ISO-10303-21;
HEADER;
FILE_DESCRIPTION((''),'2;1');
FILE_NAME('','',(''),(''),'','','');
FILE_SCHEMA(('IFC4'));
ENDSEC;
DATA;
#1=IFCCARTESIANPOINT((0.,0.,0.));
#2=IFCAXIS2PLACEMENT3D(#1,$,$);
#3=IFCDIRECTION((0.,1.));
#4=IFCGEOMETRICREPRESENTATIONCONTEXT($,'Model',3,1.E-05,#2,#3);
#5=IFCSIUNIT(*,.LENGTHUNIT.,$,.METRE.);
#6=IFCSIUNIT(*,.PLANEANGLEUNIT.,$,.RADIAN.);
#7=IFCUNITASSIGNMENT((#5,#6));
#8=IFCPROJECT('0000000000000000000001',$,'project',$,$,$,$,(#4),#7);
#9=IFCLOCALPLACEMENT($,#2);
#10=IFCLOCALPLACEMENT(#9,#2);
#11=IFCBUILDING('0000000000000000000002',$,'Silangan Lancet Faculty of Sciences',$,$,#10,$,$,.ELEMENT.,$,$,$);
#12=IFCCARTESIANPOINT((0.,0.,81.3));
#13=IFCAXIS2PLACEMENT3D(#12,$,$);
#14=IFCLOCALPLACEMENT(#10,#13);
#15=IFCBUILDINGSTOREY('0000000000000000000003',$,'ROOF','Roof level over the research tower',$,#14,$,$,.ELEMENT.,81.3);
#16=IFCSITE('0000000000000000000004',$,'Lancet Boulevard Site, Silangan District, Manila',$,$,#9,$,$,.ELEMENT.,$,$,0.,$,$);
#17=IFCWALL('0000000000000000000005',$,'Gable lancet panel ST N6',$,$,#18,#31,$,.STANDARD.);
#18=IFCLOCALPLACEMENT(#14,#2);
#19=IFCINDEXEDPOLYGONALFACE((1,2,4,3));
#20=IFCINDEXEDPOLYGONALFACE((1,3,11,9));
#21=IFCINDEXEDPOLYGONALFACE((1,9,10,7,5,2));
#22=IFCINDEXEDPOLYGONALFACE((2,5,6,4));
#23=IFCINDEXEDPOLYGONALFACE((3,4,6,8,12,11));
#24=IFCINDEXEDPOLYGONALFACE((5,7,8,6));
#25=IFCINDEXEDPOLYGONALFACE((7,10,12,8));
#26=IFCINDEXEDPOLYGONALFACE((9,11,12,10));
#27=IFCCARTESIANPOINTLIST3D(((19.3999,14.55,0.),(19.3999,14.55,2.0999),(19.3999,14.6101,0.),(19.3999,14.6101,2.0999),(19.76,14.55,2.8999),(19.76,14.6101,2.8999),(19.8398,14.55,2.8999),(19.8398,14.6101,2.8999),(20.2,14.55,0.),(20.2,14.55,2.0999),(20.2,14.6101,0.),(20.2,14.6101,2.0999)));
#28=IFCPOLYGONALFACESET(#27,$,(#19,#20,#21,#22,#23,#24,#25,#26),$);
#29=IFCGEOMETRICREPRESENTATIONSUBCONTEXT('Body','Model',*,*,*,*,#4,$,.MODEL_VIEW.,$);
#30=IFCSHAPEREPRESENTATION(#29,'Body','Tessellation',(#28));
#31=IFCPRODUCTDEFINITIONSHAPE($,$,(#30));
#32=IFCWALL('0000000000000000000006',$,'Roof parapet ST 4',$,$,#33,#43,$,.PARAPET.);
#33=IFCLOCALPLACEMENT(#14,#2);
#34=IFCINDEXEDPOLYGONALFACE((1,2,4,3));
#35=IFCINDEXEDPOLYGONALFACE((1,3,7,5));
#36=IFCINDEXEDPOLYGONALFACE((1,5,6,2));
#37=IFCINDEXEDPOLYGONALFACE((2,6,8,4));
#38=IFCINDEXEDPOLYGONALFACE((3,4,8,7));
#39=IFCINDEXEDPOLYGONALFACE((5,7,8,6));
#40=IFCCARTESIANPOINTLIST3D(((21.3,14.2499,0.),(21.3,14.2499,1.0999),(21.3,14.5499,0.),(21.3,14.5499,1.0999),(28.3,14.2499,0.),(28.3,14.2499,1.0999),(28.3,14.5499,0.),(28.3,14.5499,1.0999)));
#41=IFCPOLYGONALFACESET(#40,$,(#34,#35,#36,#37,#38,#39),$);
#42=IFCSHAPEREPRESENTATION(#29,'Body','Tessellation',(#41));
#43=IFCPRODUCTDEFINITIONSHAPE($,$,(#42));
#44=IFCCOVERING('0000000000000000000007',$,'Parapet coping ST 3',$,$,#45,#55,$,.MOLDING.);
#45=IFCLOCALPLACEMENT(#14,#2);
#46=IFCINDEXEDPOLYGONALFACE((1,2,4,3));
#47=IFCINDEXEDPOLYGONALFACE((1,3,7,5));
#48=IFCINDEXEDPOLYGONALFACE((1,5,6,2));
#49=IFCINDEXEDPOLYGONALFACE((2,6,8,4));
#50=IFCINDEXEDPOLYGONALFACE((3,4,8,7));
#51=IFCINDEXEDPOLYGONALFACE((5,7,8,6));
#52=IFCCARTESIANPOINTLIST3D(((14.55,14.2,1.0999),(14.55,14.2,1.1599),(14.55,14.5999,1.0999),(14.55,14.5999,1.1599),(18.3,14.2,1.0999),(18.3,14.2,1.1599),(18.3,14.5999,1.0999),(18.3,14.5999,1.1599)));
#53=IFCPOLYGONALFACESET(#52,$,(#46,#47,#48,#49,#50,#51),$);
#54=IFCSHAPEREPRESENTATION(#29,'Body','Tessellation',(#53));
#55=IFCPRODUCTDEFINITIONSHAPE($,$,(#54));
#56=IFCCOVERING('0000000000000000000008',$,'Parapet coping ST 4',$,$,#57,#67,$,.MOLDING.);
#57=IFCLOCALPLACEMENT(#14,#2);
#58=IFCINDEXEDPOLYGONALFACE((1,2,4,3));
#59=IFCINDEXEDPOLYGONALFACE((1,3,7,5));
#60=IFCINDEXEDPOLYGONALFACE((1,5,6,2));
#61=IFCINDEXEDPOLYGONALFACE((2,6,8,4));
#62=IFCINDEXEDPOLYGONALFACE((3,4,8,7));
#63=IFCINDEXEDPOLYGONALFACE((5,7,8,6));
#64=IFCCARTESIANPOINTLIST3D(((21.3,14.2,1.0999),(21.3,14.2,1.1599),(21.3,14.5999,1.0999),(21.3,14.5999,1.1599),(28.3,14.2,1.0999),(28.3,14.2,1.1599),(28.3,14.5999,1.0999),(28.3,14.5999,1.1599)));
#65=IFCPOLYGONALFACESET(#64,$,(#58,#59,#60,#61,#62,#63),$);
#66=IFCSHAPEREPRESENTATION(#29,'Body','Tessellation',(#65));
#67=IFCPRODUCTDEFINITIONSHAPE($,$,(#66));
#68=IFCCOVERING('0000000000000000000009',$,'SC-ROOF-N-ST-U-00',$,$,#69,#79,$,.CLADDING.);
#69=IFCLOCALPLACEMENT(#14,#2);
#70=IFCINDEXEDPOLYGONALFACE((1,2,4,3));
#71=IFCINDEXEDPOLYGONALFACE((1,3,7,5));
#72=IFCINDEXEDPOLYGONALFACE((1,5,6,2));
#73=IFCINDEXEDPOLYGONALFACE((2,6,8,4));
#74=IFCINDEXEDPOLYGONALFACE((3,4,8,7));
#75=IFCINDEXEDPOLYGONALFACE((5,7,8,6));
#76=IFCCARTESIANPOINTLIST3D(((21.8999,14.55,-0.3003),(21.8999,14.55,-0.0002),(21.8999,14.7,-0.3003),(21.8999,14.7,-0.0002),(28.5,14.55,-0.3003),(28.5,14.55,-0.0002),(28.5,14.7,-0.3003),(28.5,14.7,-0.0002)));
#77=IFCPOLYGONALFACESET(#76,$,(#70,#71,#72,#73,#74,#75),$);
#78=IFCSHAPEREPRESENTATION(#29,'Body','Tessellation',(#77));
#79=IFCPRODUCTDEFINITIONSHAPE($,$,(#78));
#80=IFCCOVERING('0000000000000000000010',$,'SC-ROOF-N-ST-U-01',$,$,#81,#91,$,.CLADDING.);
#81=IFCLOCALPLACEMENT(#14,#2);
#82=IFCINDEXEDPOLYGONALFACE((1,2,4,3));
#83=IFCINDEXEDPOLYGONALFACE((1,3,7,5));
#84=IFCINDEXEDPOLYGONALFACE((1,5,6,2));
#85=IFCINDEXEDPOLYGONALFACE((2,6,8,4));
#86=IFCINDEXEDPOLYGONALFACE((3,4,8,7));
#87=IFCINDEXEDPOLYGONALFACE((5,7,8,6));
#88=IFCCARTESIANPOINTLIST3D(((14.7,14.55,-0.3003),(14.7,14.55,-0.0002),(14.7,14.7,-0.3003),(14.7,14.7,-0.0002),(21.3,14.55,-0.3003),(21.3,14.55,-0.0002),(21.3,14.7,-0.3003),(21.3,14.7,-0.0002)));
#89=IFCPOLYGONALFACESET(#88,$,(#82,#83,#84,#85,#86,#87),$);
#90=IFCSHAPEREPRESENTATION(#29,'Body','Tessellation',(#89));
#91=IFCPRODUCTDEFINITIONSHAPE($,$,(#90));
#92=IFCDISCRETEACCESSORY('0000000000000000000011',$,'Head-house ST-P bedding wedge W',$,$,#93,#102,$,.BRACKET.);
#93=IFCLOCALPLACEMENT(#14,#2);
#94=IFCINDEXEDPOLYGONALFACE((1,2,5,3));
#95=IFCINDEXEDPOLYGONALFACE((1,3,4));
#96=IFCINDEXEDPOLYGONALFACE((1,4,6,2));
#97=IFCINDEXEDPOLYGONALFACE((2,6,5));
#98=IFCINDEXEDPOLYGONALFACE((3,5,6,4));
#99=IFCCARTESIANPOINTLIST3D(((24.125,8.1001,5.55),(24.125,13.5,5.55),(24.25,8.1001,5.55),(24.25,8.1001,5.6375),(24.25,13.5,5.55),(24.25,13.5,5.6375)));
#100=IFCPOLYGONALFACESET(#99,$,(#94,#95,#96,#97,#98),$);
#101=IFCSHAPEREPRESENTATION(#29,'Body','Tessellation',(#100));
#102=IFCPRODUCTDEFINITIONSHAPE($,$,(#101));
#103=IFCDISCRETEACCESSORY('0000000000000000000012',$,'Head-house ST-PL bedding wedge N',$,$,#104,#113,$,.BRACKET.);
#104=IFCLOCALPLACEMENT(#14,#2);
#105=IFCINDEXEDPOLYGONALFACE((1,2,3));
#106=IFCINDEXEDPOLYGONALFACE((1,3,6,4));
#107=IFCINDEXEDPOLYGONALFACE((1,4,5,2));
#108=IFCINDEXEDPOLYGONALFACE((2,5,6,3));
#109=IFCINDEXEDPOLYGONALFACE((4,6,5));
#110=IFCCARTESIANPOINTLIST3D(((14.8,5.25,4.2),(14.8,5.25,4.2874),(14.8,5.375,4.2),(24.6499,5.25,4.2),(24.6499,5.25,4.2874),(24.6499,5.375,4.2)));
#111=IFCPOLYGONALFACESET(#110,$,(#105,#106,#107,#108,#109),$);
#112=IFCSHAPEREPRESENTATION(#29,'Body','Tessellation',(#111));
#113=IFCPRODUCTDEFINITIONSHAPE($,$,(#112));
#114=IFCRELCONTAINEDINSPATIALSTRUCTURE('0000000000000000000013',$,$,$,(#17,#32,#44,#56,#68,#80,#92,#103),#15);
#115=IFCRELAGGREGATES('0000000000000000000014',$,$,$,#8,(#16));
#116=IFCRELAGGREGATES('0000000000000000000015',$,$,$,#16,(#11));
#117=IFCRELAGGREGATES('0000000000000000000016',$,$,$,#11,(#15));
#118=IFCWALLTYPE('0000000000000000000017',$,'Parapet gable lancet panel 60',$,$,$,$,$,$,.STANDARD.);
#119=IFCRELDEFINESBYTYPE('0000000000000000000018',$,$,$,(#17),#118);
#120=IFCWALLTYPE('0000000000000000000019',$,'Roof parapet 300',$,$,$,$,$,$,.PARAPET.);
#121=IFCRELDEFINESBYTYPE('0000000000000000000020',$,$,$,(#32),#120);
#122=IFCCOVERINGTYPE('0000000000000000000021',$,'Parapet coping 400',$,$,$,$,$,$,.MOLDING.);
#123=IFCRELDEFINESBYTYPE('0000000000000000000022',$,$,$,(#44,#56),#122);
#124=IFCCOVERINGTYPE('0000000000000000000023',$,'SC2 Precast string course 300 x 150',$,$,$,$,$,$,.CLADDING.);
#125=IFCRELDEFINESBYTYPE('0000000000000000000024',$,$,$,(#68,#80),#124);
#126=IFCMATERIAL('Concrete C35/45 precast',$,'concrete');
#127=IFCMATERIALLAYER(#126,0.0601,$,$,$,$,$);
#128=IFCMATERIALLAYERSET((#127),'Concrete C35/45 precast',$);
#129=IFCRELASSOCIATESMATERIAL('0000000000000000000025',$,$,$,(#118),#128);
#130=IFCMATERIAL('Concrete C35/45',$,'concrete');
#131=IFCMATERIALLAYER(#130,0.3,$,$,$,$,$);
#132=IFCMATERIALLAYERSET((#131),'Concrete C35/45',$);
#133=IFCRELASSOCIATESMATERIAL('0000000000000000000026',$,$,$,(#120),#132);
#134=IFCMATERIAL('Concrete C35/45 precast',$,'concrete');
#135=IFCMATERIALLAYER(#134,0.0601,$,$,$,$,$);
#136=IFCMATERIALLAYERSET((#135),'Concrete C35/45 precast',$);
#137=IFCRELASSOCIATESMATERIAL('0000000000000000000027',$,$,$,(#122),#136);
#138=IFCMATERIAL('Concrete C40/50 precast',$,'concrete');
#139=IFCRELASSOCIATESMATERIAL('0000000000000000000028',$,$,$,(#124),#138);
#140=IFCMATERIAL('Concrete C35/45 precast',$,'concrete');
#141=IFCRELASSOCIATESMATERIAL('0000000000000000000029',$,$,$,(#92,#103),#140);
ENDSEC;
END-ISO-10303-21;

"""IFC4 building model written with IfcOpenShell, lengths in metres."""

from ifc_helpers import new_model, si_unit, direction, frame, frame_2d, origin, origin_2d, place, context, subcontext, project, spatial, polyline, rectangle, outline, extrude, material, layer, layer_set, type_object, element, save


model = new_model("IFC4")

# Units and contexts
model_context = context("Model", 3, precision=1e-05, world=origin(), true_north=direction((0.0, 1.0)))
body_context = subcontext(model_context, "Body", "Model", "MODEL_VIEW")
ifc_project = project(units=[si_unit("LENGTHUNIT", "METRE"), si_unit("PLANEANGLEUNIT", "RADIAN")], contexts=[model_context])

# Site, building, storey
site_placement = place(None, origin())
site = spatial("IfcSite", under=ifc_project, at=site_placement, Name="Lancet Boulevard Site, Silangan District, Manila", CompositionType="ELEMENT", RefElevation=0.0)
building_placement = place(site_placement, origin())
building = spatial("IfcBuilding", under=site, at=building_placement, Name="Silangan Lancet Faculty of Sciences", CompositionType="ELEMENT")
storey_placement = place(building_placement, frame((0.0, 0.0, 81.3)))
storey = spatial("IfcBuildingStorey", under=building, at=storey_placement, Name="ROOF", Description="Roof level over the research tower", CompositionType="ELEMENT", Elevation=81.3)

# Walls
ifc_material_1 = material(Name="Concrete C35/45 precast", Category="concrete")
ifc_layer_1 = layer(ifc_material_1, 0.0601)
ifc_layer_set_1 = layer_set([ifc_layer_1], Name="Concrete C35/45 precast")
wall_type_1 = type_object("IfcWallType", Name="Parapet gable lancet panel 60", PredefinedType="STANDARD", material=ifc_layer_set_1)
wall_1_placement = place(storey_placement, frame((19.3999, 14.5801, 0.0), z_axis=(0.0, 0.0, 1.0), x_axis=(1.0, 0.0, 0.0)))
element("IfcWall", 1, at=wall_1_placement, inside=storey, type_object=wall_type_1, Name="Gable lancet panel ST N6", PredefinedType="STANDARD", context=body_context, shape_type="SweptSolid", body=[
    extrude(outline(polyline([(0.0, 0.0), (0.8, 0.0), (0.8, 2.0999), (0.4399, 2.8999), (0.3601, 2.8999), (0.0, 2.0999), (0.0, 0.0)])), frame((0.0, 0.03, 0.0), z_axis=(0.0, -1.0, 0.0), x_axis=(1.0, 0.0, 0.0)), (0.0, 0.0, 1.0), 0.0601),
])
ifc_material_2 = material(Name="Concrete C35/45", Category="concrete")
ifc_layer_2 = layer(ifc_material_2, 0.3)
ifc_layer_set_2 = layer_set([ifc_layer_2], Name="Concrete C35/45")
wall_type_2 = type_object("IfcWallType", Name="Roof parapet 300", PredefinedType="PARAPET", material=ifc_layer_set_2)
wall_2_placement = place(storey_placement, frame((21.3, 14.3999, 0.0), z_axis=(0.0, 0.0, 1.0), x_axis=(1.0, 0.0, 0.0)))
element("IfcWall", 2, at=wall_2_placement, inside=storey, type_object=wall_type_2, Name="Roof parapet ST 4", PredefinedType="PARAPET", context=body_context, shape_type="SweptSolid", body=[
    extrude(rectangle(XDim=7.0, YDim=0.3, at=frame_2d((3.5, 0.0))), origin(), (0.0, 0.0, 1.0), 1.0999),
])

# Coverings
ifc_material_3 = material(Name="Concrete C35/45 precast", Category="concrete")
ifc_layer_3 = layer(ifc_material_3, 0.0601)
ifc_layer_set_3 = layer_set([ifc_layer_3], Name="Concrete C35/45 precast")
covering_type_1 = type_object("IfcCoveringType", Name="Parapet coping 400", PredefinedType="MOLDING", material=ifc_layer_set_3)
covering_1_placement = place(storey_placement, frame((16.425, 14.3999, 1.0999), z_axis=(0.0, 0.0, 1.0), x_axis=(1.0, 0.0, 0.0)))
element("IfcCovering", 3, at=covering_1_placement, inside=storey, type_object=covering_type_1, Name="Parapet coping ST 3", PredefinedType="MOLDING", context=body_context, shape_type="SweptSolid", body=[
    extrude(rectangle(XDim=3.75, YDim=0.3999, at=origin_2d()), origin(), (0.0, 0.0, 1.0), 0.0601),
])
covering_2_placement = place(storey_placement, frame((24.8, 14.3999, 1.0999), z_axis=(0.0, 0.0, 1.0), x_axis=(1.0, 0.0, 0.0)))
element("IfcCovering", 4, at=covering_2_placement, inside=storey, type_object=covering_type_1, Name="Parapet coping ST 4", PredefinedType="MOLDING", context=body_context, shape_type="SweptSolid", body=[
    extrude(rectangle(XDim=7.0, YDim=0.3999, at=origin_2d()), origin(), (0.0, 0.0, 1.0), 0.0601),
])
ifc_material_4 = material(Name="Concrete C40/50 precast", Category="concrete")
covering_type_2 = type_object("IfcCoveringType", Name="SC2 Precast string course 300 x 150", PredefinedType="CLADDING", material=ifc_material_4)
for number, where, z_axis, x_axis, name in (
    (5, (25.2, 14.625, -0.3003), (0.0, 0.0, 1.0), (1.0, 0.0, 0.0), "SC-ROOF-N-ST-U-00"),
    (6, (18.0, 14.625, -0.3003), (0.0, 0.0, 1.0), (1.0, 0.0, 0.0), "SC-ROOF-N-ST-U-01"),
):
    element("IfcCovering", number, at=place(storey_placement, frame(where, z_axis=z_axis, x_axis=x_axis)), inside=storey, type_object=covering_type_2, Name=name, PredefinedType="CLADDING", context=body_context, shape_type="SweptSolid", body=[
        extrude(rectangle(XDim=6.6001, YDim=0.1499, at=origin_2d()), origin(), (0.0, 0.0, 1.0), 0.3),
    ])

# Discrete accessories
ifc_material_5 = material(Name="Concrete C35/45 precast", Category="concrete")
discrete_accessory_1_placement = place(storey_placement, frame((24.125, 8.1001, 5.55), z_axis=(0.0, 1.0, 0.0), x_axis=(-1.0, 0.0, 0.0)))
element("IfcDiscreteAccessory", 7, at=discrete_accessory_1_placement, inside=storey, material=ifc_material_5, Name="Head-house ST-P bedding wedge W", PredefinedType="BRACKET", context=body_context, shape_type="SweptSolid", body=[
    extrude(outline(polyline([(0.0, 0.0), (-0.125, 0.0), (-0.125, 0.0874), (0.0, 0.0)])), origin(), (0.0, 0.0, 1.0), 5.3999),
])
discrete_accessory_2_placement = place(storey_placement, frame((14.8, 5.375, 4.2), z_axis=(1.0, 0.0, 0.0), x_axis=(0.0, 1.0, 0.0)))
element("IfcDiscreteAccessory", 8, at=discrete_accessory_2_placement, inside=storey, material=ifc_material_5, Name="Head-house ST-PL bedding wedge N", PredefinedType="BRACKET", context=body_context, shape_type="SweptSolid", body=[
    extrude(outline(polyline([(0.0, 0.0), (-0.125, 0.0), (-0.125, 0.0874), (0.0, 0.0)])), origin(), (0.0, 0.0, 1.0), 9.8499),
])

save(model, "model.ifc")
